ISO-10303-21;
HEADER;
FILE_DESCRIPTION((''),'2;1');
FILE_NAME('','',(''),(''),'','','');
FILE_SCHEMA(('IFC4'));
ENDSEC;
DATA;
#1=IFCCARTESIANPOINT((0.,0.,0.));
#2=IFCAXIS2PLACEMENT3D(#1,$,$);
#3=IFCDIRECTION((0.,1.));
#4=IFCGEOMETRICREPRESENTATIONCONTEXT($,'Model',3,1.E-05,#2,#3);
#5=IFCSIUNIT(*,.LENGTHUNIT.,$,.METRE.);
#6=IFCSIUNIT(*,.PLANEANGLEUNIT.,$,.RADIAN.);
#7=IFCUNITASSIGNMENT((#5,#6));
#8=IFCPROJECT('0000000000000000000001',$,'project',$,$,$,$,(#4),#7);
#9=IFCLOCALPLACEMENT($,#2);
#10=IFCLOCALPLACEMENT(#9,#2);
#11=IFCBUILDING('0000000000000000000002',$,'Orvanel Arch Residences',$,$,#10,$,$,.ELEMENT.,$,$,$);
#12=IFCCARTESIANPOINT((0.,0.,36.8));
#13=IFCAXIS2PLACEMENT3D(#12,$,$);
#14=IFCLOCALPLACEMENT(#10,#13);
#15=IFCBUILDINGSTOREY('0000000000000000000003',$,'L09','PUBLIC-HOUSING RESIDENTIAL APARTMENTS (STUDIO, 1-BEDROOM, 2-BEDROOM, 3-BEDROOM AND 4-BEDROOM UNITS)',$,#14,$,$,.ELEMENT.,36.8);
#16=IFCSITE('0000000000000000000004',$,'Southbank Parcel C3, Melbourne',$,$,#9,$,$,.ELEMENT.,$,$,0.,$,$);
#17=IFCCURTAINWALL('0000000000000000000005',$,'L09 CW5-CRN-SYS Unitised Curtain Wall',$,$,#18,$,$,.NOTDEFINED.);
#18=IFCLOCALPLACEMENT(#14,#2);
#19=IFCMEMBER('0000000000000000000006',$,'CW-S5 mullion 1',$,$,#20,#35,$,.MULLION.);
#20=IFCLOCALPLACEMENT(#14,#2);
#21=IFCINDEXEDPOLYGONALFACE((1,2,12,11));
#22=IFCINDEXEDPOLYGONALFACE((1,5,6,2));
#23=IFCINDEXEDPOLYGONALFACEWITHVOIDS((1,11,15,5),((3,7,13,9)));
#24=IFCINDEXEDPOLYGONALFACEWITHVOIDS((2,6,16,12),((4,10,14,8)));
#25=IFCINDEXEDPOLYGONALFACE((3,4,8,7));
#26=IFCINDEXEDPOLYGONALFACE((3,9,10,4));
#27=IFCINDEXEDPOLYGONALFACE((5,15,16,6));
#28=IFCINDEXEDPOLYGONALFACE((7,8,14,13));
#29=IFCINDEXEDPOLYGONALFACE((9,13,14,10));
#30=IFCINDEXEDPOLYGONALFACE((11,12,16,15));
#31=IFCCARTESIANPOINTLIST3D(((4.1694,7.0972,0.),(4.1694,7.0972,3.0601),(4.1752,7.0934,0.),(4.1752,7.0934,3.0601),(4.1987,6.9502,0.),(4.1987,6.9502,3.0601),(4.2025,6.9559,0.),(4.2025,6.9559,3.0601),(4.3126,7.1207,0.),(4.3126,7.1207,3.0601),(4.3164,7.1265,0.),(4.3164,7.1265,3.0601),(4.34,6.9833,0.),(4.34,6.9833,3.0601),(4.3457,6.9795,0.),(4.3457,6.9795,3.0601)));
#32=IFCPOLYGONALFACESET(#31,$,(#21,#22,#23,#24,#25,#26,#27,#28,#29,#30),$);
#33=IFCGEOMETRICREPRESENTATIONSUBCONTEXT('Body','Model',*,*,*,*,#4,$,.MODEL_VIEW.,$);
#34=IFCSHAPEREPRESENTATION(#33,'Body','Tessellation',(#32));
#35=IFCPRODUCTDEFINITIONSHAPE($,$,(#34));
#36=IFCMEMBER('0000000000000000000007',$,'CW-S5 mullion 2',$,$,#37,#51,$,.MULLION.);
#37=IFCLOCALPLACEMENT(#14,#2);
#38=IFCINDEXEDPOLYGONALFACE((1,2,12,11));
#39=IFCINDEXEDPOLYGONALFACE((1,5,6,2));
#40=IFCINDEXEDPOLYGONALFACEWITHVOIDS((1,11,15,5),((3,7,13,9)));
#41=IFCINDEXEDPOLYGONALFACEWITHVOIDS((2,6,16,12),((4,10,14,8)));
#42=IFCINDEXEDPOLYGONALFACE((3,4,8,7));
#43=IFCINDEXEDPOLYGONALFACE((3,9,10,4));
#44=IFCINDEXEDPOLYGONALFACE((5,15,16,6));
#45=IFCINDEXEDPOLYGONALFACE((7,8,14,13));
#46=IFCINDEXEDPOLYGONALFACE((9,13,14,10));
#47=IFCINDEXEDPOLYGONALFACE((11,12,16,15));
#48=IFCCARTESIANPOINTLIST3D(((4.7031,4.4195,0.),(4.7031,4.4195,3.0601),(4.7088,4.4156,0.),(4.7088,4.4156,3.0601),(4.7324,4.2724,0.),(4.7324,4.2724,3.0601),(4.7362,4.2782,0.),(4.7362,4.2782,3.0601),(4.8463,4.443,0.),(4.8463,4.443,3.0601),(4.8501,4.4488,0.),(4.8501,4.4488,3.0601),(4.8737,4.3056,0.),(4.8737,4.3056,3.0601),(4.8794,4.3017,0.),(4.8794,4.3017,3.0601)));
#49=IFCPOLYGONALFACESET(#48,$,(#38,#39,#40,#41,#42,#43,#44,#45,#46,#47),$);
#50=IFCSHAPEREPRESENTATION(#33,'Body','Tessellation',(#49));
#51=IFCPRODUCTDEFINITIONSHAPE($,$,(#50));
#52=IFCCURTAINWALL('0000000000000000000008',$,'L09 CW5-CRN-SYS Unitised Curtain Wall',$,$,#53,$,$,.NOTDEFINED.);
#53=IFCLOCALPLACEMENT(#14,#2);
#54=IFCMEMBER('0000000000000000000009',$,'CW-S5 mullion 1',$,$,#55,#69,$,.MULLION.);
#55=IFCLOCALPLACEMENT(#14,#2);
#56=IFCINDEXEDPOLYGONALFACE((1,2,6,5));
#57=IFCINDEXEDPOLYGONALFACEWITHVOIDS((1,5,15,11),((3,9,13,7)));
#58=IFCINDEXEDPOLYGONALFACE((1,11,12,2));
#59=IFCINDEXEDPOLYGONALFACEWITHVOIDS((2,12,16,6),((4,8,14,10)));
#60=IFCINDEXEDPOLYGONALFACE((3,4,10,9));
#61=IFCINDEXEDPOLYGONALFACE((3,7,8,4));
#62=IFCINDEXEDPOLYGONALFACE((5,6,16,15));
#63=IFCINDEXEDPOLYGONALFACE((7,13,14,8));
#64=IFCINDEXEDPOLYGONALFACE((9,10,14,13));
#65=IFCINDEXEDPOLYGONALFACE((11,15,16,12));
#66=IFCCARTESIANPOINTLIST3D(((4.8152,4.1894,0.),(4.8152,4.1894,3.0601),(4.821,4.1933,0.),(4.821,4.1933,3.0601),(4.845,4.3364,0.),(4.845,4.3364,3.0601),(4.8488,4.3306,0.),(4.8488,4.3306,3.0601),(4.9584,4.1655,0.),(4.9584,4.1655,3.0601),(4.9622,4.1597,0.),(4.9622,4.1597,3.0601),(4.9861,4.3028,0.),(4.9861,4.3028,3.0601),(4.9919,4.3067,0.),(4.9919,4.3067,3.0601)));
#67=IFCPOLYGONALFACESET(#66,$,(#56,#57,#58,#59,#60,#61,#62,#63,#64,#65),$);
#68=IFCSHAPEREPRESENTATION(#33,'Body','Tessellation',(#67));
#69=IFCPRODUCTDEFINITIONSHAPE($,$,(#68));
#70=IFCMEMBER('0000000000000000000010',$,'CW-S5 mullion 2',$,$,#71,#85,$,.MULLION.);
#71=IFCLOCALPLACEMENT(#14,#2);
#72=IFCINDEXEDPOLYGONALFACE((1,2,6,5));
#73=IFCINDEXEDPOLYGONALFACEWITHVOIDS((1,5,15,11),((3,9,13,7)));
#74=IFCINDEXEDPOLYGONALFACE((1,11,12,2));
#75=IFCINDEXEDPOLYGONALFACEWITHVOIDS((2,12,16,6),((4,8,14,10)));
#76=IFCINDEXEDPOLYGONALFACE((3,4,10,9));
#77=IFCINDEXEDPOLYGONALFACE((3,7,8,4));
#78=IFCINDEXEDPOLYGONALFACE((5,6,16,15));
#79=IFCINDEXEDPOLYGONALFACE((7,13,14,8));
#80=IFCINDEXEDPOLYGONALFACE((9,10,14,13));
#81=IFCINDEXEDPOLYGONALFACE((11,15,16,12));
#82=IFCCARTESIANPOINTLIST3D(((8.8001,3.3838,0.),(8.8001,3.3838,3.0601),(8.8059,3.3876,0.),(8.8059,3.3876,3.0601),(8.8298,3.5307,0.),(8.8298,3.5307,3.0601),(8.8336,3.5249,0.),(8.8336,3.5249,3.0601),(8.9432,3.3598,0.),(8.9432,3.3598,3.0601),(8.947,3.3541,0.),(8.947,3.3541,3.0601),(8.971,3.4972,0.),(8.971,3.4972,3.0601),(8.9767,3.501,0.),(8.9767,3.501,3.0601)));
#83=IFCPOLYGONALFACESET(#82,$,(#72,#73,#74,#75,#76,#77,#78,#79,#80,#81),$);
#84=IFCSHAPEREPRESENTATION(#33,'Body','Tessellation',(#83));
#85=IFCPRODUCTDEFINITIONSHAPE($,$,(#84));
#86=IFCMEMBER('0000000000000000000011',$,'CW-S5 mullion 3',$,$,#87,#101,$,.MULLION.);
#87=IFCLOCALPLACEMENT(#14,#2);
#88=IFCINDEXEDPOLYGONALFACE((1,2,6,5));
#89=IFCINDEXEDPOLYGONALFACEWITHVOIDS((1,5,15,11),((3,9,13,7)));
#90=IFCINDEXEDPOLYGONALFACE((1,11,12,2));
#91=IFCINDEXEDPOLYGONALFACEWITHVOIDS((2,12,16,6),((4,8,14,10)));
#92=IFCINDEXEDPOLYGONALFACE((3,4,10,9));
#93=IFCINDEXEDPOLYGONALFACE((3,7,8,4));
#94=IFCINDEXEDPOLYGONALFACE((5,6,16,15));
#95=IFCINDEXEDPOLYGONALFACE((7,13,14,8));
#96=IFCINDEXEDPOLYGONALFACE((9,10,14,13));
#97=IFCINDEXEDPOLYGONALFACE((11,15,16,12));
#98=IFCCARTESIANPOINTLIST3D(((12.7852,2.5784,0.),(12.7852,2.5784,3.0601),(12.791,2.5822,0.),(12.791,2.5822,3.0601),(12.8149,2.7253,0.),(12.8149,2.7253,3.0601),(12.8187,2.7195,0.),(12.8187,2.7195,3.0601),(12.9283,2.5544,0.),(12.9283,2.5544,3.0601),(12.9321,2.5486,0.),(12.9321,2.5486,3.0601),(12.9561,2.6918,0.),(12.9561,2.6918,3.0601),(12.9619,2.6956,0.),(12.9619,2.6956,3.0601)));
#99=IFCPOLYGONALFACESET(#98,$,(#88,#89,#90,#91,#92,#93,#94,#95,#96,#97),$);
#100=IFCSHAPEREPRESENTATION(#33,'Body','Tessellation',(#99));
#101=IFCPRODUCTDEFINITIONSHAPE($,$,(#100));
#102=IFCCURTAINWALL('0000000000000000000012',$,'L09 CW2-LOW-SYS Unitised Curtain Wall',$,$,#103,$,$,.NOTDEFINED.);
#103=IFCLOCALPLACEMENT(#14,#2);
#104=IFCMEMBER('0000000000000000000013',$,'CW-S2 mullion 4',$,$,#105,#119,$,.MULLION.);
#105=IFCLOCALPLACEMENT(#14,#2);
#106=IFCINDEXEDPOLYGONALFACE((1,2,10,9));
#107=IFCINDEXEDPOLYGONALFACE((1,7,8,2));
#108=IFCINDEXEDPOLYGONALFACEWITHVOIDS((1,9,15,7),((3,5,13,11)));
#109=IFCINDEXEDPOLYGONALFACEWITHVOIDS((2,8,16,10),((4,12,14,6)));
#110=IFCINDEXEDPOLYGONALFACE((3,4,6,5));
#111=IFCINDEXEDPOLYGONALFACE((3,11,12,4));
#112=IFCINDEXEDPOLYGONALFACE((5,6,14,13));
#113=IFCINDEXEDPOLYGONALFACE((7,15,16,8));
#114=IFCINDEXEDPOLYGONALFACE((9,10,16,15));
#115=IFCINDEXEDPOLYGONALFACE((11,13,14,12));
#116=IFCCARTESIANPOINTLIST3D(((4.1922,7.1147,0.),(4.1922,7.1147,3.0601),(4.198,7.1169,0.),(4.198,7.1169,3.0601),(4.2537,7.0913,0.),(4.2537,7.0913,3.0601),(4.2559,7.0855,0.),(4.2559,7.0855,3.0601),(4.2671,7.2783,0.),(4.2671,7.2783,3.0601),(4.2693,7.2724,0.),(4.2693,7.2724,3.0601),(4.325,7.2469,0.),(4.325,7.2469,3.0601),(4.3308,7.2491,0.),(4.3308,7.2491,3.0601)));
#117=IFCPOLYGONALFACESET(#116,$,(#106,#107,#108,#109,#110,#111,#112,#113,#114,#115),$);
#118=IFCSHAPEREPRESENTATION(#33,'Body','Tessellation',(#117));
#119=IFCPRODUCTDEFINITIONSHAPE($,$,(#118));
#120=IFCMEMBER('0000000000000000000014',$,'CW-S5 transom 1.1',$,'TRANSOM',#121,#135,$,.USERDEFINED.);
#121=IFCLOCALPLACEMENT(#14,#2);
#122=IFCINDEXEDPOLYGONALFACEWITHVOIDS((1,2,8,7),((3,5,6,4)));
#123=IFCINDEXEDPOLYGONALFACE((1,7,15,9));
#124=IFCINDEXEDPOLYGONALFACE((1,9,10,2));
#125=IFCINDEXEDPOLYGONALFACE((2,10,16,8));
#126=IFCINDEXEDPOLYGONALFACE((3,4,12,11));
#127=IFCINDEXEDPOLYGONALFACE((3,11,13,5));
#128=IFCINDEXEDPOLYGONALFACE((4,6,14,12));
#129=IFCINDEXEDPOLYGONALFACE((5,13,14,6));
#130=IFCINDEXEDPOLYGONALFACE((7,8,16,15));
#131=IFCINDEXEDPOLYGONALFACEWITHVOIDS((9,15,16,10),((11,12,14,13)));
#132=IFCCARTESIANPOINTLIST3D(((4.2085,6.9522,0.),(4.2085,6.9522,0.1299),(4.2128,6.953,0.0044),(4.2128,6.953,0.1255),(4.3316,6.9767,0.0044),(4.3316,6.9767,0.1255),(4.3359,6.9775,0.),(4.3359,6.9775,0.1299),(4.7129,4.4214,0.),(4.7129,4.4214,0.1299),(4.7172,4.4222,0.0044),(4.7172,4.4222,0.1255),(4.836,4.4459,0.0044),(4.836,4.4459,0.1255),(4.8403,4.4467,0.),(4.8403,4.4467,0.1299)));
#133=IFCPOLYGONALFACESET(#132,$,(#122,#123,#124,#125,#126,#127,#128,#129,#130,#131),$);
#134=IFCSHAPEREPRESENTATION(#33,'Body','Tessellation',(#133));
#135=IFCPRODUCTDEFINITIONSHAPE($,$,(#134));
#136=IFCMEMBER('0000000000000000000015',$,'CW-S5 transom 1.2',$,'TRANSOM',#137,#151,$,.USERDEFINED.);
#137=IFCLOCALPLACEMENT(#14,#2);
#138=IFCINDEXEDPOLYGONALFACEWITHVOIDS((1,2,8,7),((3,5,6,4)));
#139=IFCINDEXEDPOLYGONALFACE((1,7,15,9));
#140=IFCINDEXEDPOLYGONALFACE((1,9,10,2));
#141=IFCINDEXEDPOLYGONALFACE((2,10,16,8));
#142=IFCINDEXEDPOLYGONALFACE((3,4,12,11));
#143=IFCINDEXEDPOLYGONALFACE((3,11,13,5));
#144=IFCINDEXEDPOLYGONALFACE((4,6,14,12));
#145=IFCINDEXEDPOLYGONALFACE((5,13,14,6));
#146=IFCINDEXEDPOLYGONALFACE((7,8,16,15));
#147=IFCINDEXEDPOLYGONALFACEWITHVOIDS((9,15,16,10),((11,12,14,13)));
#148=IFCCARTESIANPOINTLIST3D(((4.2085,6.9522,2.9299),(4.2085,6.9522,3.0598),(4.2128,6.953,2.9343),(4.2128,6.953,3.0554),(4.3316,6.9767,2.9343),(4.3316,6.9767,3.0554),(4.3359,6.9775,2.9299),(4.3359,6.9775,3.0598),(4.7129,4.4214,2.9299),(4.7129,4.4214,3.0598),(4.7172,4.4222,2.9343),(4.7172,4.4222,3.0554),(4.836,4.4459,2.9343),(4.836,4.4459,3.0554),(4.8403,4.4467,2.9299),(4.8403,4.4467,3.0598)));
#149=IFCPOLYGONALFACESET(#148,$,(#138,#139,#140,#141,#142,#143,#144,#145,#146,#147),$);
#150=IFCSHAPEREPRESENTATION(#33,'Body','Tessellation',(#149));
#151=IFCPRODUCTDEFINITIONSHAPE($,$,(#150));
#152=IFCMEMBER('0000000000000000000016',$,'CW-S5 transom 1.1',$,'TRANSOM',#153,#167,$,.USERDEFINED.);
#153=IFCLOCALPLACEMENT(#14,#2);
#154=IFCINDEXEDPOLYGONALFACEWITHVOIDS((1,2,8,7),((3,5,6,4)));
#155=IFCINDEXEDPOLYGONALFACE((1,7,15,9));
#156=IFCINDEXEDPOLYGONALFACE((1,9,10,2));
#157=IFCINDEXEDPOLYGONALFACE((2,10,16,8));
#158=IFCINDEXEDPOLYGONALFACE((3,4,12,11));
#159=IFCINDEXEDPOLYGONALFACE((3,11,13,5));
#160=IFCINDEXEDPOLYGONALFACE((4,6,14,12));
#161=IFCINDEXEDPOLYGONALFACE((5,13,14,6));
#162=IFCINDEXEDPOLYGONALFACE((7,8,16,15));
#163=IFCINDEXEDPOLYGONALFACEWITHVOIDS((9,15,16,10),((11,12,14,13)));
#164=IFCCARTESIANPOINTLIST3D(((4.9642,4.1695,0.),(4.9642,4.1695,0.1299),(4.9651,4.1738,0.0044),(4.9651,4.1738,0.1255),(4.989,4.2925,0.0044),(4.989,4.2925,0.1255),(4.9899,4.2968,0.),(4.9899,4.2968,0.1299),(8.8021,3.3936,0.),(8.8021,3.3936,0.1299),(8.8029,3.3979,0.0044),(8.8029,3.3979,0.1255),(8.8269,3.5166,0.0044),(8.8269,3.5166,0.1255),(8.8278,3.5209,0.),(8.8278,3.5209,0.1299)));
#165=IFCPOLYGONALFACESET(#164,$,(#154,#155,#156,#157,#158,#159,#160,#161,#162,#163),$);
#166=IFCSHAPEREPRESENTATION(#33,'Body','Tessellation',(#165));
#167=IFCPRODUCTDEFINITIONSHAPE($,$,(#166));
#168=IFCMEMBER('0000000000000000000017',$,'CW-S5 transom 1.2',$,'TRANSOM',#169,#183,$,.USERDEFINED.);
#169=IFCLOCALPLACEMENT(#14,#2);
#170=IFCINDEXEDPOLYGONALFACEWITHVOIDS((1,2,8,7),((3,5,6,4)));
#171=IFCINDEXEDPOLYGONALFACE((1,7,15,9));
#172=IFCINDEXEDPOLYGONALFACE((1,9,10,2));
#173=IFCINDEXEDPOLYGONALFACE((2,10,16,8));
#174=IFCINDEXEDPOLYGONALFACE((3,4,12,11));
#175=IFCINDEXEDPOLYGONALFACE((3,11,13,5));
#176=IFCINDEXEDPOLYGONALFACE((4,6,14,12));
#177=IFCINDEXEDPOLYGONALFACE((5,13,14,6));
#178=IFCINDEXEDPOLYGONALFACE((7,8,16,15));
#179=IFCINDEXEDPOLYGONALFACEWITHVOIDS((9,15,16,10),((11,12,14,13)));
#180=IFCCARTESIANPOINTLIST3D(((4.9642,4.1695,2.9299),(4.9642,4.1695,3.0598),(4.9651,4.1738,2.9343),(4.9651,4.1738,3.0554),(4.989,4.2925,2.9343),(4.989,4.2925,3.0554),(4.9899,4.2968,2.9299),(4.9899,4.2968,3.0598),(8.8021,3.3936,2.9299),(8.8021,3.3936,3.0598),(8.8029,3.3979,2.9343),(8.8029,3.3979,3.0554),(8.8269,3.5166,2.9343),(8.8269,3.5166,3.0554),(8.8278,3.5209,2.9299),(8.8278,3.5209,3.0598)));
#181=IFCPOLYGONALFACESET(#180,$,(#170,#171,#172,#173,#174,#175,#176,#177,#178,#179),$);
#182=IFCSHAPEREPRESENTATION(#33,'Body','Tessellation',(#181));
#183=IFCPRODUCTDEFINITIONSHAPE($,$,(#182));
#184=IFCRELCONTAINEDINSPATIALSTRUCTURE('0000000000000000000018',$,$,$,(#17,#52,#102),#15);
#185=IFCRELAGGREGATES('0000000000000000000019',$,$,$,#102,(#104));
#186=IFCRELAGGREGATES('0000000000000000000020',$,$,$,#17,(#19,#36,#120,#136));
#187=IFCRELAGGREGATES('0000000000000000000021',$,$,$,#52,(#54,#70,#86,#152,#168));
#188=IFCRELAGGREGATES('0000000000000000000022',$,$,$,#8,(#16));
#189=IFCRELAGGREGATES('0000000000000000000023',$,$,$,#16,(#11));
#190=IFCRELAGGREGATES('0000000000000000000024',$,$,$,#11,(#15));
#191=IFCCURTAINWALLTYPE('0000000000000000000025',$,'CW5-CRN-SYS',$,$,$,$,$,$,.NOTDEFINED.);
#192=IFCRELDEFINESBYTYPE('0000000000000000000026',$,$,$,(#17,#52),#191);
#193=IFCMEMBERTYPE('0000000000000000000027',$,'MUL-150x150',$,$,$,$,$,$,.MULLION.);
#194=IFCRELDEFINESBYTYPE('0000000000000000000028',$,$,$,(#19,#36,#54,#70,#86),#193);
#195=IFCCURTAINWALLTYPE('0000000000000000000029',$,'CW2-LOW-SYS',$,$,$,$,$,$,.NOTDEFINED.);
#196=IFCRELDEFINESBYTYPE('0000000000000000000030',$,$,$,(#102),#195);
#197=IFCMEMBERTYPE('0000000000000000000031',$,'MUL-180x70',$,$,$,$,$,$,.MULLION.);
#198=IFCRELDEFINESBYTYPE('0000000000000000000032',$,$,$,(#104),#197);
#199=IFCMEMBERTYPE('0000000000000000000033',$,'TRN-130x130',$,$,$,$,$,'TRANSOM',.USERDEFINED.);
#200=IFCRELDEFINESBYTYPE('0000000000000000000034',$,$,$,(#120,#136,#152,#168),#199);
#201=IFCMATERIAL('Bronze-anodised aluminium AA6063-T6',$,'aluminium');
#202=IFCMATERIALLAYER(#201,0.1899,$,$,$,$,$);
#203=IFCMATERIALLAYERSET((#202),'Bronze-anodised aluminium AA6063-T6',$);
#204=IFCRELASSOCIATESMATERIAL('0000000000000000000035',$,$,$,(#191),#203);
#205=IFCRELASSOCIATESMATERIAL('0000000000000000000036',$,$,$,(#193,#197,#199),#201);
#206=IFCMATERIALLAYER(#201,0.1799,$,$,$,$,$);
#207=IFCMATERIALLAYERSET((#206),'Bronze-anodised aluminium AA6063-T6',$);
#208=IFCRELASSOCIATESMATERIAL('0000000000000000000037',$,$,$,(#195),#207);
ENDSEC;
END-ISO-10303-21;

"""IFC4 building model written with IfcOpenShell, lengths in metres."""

from ifc_helpers import new_model, si_unit, direction, frame, origin, origin_2d, place, context, subcontext, project, spatial, hollow_rectangle, extrude, material, layer, layer_set, material_profile, profile_set, type_object, element, aggregate, save


model = new_model("IFC4")

# Units and contexts
model_context = context("Model", 3, precision=1e-05, world=origin(), true_north=direction((0.0, 1.0)))
body_context = subcontext(model_context, "Body", "Model", "MODEL_VIEW")
ifc_project = project(units=[si_unit("LENGTHUNIT", "METRE"), si_unit("PLANEANGLEUNIT", "RADIAN")], contexts=[model_context])

# Site, building, storey
site_placement = place(None, origin())
site = spatial("IfcSite", under=ifc_project, at=site_placement, Name="Southbank Parcel C3, Melbourne", CompositionType="ELEMENT", RefElevation=0.0)
building_placement = place(site_placement, origin())
building = spatial("IfcBuilding", under=site, at=building_placement, Name="Orvanel Arch Residences", CompositionType="ELEMENT")
storey_placement = place(building_placement, frame((0.0, 0.0, 36.8)))
storey = spatial("IfcBuildingStorey", under=building, at=storey_placement, Name="L09", Description="PUBLIC-HOUSING RESIDENTIAL APARTMENTS (STUDIO, 1-BEDROOM, 2-BEDROOM, 3-BEDROOM AND 4-BEDROOM UNITS)", CompositionType="ELEMENT", Elevation=36.8)

# Curtain walls, members
ifc_material_1 = material(Name="Bronze-anodised aluminium AA6063-T6", Category="aluminium")
ifc_layer_1 = layer(ifc_material_1, 0.1899)
ifc_layer_set_1 = layer_set([ifc_layer_1], Name="Bronze-anodised aluminium AA6063-T6")
curtain_wall_type_1 = type_object("IfcCurtainWallType", Name="CW5-CRN-SYS", PredefinedType="NOTDEFINED", material=ifc_layer_set_1)
curtain_wall_1_placement = place(storey_placement, origin())
curtain_wall_1 = element("IfcCurtainWall", 1, at=curtain_wall_1_placement, inside=storey, type_object=curtain_wall_type_1, Name="L09 CW5-CRN-SYS Unitised Curtain Wall", PredefinedType="NOTDEFINED")
ifc_material_profile_1 = material_profile(ifc_material_1, hollow_rectangle(XDim=0.1499, YDim=0.1499, WallThickness=0.0049, at=origin_2d()), Name="ALU150x150x5")
ifc_profile_set_1 = profile_set([ifc_material_profile_1], Name="Bronze-anodised aluminium AA6063-T6")
member_type_1 = type_object("IfcMemberType", Name="MUL-150x150", PredefinedType="MULLION", material=ifc_profile_set_1)
member_1_placement = place(storey_placement, frame((4.2576, 7.0383, 0.0), z_axis=(0.0, 0.0, 1.0), x_axis=(0.980714, 0.195448, 0.0)))
member_1 = element("IfcMember", 2, at=member_1_placement, type_object=member_type_1, Name="CW-S5 mullion 1", PredefinedType="MULLION", context=body_context, shape_type="SweptSolid", body=[
    extrude(hollow_rectangle(XDim=0.1499, YDim=0.1499, WallThickness=0.0049, at=origin_2d()), origin(), (0.0, 0.0, 1.0), 3.0601),
])
member_2_placement = place(storey_placement, frame((4.7913, 4.3606, 0.0), z_axis=(0.0, 0.0, 1.0), x_axis=(0.980714, 0.195448, 0.0)))
member_2 = element("IfcMember", 3, at=member_2_placement, type_object=member_type_1, Name="CW-S5 mullion 2", PredefinedType="MULLION", context=body_context, shape_type="SweptSolid", body=[
    extrude(hollow_rectangle(XDim=0.1499, YDim=0.1499, WallThickness=0.0049, at=origin_2d()), origin(), (0.0, 0.0, 1.0), 3.0601),
])
curtain_wall_2_placement = place(storey_placement, origin())
curtain_wall_2 = element("IfcCurtainWall", 4, at=curtain_wall_2_placement, inside=storey, type_object=curtain_wall_type_1, Name="L09 CW5-CRN-SYS Unitised Curtain Wall", PredefinedType="NOTDEFINED")
member_3_placement = place(storey_placement, frame((4.9036, 4.248, 0.0), z_axis=(0.0, 0.0, 1.0), x_axis=(0.198159, 0.98017, 0.0)))
member_3 = element("IfcMember", 5, at=member_3_placement, type_object=member_type_1, Name="CW-S5 mullion 1", PredefinedType="MULLION", context=body_context, shape_type="SweptSolid", body=[
    extrude(hollow_rectangle(XDim=0.1499, YDim=0.1499, WallThickness=0.0049, at=origin_2d()), origin(), (0.0, 0.0, 1.0), 3.0601),
])
member_4_placement = place(storey_placement, frame((8.8884, 3.4424, 0.0), z_axis=(0.0, 0.0, 1.0), x_axis=(0.198159, 0.98017, 0.0)))
member_4 = element("IfcMember", 6, at=member_4_placement, type_object=member_type_1, Name="CW-S5 mullion 2", PredefinedType="MULLION", context=body_context, shape_type="SweptSolid", body=[
    extrude(hollow_rectangle(XDim=0.1499, YDim=0.1499, WallThickness=0.0049, at=origin_2d()), origin(), (0.0, 0.0, 1.0), 3.0601),
])
member_5_placement = place(storey_placement, frame((12.8735, 2.637, 0.0), z_axis=(0.0, 0.0, 1.0), x_axis=(0.198159, 0.98017, 0.0)))
member_5 = element("IfcMember", 7, at=member_5_placement, type_object=member_type_1, Name="CW-S5 mullion 3", PredefinedType="MULLION", context=body_context, shape_type="SweptSolid", body=[
    extrude(hollow_rectangle(XDim=0.1499, YDim=0.1499, WallThickness=0.0049, at=origin_2d()), origin(), (0.0, 0.0, 1.0), 3.0601),
])

# Curtain wall, member
ifc_layer_2 = layer(ifc_material_1, 0.1799)
ifc_layer_set_2 = layer_set([ifc_layer_2], Name="Bronze-anodised aluminium AA6063-T6")
curtain_wall_type_2 = type_object("IfcCurtainWallType", Name="CW2-LOW-SYS", PredefinedType="NOTDEFINED", material=ifc_layer_set_2)
curtain_wall_3_placement = place(storey_placement, origin())
curtain_wall_3 = element("IfcCurtainWall", 8, at=curtain_wall_3_placement, inside=storey, type_object=curtain_wall_type_2, Name="L09 CW2-LOW-SYS Unitised Curtain Wall", PredefinedType="NOTDEFINED")
ifc_material_profile_2 = material_profile(ifc_material_1, hollow_rectangle(XDim=0.0701, YDim=0.1799, WallThickness=0.0044, at=origin_2d()), Name="ALU180x70x4.5")
ifc_profile_set_2 = profile_set([ifc_material_profile_2], Name="Bronze-anodised aluminium AA6063-T6")
member_type_2 = type_object("IfcMemberType", Name="MUL-180x70", PredefinedType="MULLION", material=ifc_profile_set_2)
member_6_placement = place(storey_placement, frame((4.2615, 7.1819, 0.0), z_axis=(0.0, 0.0, 1.0), x_axis=(0.909118, -0.416538, 0.0)))
member_6 = element("IfcMember", 9, at=member_6_placement, type_object=member_type_2, Name="CW-S2 mullion 4", PredefinedType="MULLION", context=body_context, shape_type="SweptSolid", body=[
    extrude(hollow_rectangle(XDim=0.0701, YDim=0.1799, WallThickness=0.0044, at=origin_2d()), origin(), (0.0, 0.0, 1.0), 3.0601),
])

# Members
ifc_material_profile_3 = material_profile(ifc_material_1, hollow_rectangle(XDim=0.1299, YDim=0.1299, WallThickness=0.0044, at=origin_2d()), Name="ALU130x130x4.5")
ifc_profile_set_3 = profile_set([ifc_material_profile_3], Name="Bronze-anodised aluminium AA6063-T6")
member_type_3 = type_object("IfcMemberType", Name="TRN-130x130", ElementType="TRANSOM", PredefinedType="USERDEFINED", material=ifc_profile_set_3)
member_7_placement = place(storey_placement, frame((4.2722, 6.9648, 0.0649), z_axis=(0.195461, -0.980711, 0.0), x_axis=(0.980711, 0.195461, 0.0)))
member_7 = element("IfcMember", 10, at=member_7_placement, type_object=member_type_3, Name="CW-S5 transom 1.1", ObjectType="TRANSOM", PredefinedType="USERDEFINED", context=body_context, shape_type="SweptSolid", body=[
    extrude(hollow_rectangle(XDim=0.1299, YDim=0.1299, WallThickness=0.0044, at=origin_2d()), origin(), (0.0, 0.0, 1.0), 2.5806),
])
member_8_placement = place(storey_placement, frame((4.2722, 6.9648, 2.9949), z_axis=(0.195461, -0.980711, 0.0), x_axis=(0.980711, 0.195461, 0.0)))
member_8 = element("IfcMember", 11, at=member_8_placement, type_object=member_type_3, Name="CW-S5 transom 1.2", ObjectType="TRANSOM", PredefinedType="USERDEFINED", context=body_context, shape_type="SweptSolid", body=[
    extrude(hollow_rectangle(XDim=0.1299, YDim=0.1299, WallThickness=0.0044, at=origin_2d()), origin(), (0.0, 0.0, 1.0), 2.5806),
])
member_9_placement = place(storey_placement, frame((4.9771, 4.2332, 0.0649), z_axis=(0.980171, -0.198154, 0.0), x_axis=(0.198154, 0.980171, 0.0)))
member_9 = element("IfcMember", 12, at=member_9_placement, type_object=member_type_3, Name="CW-S5 transom 1.1", ObjectType="TRANSOM", PredefinedType="USERDEFINED", context=body_context, shape_type="SweptSolid", body=[
    extrude(hollow_rectangle(XDim=0.1299, YDim=0.1299, WallThickness=0.0044, at=origin_2d()), origin(), (0.0, 0.0, 1.0), 3.9155),
])
member_10_placement = place(storey_placement, frame((4.9771, 4.2332, 2.9949), z_axis=(0.980171, -0.198154, 0.0), x_axis=(0.198154, 0.980171, 0.0)))
member_10 = element("IfcMember", 13, at=member_10_placement, type_object=member_type_3, Name="CW-S5 transom 1.2", ObjectType="TRANSOM", PredefinedType="USERDEFINED", context=body_context, shape_type="SweptSolid", body=[
    extrude(hollow_rectangle(XDim=0.1299, YDim=0.1299, WallThickness=0.0044, at=origin_2d()), origin(), (0.0, 0.0, 1.0), 3.9155),
])

aggregate(curtain_wall_3, [member_6])
aggregate(curtain_wall_1, [member_1, member_2, member_7, member_8])
aggregate(curtain_wall_2, [member_3, member_4, member_5, member_9, member_10])

save(model, "model.ifc")
